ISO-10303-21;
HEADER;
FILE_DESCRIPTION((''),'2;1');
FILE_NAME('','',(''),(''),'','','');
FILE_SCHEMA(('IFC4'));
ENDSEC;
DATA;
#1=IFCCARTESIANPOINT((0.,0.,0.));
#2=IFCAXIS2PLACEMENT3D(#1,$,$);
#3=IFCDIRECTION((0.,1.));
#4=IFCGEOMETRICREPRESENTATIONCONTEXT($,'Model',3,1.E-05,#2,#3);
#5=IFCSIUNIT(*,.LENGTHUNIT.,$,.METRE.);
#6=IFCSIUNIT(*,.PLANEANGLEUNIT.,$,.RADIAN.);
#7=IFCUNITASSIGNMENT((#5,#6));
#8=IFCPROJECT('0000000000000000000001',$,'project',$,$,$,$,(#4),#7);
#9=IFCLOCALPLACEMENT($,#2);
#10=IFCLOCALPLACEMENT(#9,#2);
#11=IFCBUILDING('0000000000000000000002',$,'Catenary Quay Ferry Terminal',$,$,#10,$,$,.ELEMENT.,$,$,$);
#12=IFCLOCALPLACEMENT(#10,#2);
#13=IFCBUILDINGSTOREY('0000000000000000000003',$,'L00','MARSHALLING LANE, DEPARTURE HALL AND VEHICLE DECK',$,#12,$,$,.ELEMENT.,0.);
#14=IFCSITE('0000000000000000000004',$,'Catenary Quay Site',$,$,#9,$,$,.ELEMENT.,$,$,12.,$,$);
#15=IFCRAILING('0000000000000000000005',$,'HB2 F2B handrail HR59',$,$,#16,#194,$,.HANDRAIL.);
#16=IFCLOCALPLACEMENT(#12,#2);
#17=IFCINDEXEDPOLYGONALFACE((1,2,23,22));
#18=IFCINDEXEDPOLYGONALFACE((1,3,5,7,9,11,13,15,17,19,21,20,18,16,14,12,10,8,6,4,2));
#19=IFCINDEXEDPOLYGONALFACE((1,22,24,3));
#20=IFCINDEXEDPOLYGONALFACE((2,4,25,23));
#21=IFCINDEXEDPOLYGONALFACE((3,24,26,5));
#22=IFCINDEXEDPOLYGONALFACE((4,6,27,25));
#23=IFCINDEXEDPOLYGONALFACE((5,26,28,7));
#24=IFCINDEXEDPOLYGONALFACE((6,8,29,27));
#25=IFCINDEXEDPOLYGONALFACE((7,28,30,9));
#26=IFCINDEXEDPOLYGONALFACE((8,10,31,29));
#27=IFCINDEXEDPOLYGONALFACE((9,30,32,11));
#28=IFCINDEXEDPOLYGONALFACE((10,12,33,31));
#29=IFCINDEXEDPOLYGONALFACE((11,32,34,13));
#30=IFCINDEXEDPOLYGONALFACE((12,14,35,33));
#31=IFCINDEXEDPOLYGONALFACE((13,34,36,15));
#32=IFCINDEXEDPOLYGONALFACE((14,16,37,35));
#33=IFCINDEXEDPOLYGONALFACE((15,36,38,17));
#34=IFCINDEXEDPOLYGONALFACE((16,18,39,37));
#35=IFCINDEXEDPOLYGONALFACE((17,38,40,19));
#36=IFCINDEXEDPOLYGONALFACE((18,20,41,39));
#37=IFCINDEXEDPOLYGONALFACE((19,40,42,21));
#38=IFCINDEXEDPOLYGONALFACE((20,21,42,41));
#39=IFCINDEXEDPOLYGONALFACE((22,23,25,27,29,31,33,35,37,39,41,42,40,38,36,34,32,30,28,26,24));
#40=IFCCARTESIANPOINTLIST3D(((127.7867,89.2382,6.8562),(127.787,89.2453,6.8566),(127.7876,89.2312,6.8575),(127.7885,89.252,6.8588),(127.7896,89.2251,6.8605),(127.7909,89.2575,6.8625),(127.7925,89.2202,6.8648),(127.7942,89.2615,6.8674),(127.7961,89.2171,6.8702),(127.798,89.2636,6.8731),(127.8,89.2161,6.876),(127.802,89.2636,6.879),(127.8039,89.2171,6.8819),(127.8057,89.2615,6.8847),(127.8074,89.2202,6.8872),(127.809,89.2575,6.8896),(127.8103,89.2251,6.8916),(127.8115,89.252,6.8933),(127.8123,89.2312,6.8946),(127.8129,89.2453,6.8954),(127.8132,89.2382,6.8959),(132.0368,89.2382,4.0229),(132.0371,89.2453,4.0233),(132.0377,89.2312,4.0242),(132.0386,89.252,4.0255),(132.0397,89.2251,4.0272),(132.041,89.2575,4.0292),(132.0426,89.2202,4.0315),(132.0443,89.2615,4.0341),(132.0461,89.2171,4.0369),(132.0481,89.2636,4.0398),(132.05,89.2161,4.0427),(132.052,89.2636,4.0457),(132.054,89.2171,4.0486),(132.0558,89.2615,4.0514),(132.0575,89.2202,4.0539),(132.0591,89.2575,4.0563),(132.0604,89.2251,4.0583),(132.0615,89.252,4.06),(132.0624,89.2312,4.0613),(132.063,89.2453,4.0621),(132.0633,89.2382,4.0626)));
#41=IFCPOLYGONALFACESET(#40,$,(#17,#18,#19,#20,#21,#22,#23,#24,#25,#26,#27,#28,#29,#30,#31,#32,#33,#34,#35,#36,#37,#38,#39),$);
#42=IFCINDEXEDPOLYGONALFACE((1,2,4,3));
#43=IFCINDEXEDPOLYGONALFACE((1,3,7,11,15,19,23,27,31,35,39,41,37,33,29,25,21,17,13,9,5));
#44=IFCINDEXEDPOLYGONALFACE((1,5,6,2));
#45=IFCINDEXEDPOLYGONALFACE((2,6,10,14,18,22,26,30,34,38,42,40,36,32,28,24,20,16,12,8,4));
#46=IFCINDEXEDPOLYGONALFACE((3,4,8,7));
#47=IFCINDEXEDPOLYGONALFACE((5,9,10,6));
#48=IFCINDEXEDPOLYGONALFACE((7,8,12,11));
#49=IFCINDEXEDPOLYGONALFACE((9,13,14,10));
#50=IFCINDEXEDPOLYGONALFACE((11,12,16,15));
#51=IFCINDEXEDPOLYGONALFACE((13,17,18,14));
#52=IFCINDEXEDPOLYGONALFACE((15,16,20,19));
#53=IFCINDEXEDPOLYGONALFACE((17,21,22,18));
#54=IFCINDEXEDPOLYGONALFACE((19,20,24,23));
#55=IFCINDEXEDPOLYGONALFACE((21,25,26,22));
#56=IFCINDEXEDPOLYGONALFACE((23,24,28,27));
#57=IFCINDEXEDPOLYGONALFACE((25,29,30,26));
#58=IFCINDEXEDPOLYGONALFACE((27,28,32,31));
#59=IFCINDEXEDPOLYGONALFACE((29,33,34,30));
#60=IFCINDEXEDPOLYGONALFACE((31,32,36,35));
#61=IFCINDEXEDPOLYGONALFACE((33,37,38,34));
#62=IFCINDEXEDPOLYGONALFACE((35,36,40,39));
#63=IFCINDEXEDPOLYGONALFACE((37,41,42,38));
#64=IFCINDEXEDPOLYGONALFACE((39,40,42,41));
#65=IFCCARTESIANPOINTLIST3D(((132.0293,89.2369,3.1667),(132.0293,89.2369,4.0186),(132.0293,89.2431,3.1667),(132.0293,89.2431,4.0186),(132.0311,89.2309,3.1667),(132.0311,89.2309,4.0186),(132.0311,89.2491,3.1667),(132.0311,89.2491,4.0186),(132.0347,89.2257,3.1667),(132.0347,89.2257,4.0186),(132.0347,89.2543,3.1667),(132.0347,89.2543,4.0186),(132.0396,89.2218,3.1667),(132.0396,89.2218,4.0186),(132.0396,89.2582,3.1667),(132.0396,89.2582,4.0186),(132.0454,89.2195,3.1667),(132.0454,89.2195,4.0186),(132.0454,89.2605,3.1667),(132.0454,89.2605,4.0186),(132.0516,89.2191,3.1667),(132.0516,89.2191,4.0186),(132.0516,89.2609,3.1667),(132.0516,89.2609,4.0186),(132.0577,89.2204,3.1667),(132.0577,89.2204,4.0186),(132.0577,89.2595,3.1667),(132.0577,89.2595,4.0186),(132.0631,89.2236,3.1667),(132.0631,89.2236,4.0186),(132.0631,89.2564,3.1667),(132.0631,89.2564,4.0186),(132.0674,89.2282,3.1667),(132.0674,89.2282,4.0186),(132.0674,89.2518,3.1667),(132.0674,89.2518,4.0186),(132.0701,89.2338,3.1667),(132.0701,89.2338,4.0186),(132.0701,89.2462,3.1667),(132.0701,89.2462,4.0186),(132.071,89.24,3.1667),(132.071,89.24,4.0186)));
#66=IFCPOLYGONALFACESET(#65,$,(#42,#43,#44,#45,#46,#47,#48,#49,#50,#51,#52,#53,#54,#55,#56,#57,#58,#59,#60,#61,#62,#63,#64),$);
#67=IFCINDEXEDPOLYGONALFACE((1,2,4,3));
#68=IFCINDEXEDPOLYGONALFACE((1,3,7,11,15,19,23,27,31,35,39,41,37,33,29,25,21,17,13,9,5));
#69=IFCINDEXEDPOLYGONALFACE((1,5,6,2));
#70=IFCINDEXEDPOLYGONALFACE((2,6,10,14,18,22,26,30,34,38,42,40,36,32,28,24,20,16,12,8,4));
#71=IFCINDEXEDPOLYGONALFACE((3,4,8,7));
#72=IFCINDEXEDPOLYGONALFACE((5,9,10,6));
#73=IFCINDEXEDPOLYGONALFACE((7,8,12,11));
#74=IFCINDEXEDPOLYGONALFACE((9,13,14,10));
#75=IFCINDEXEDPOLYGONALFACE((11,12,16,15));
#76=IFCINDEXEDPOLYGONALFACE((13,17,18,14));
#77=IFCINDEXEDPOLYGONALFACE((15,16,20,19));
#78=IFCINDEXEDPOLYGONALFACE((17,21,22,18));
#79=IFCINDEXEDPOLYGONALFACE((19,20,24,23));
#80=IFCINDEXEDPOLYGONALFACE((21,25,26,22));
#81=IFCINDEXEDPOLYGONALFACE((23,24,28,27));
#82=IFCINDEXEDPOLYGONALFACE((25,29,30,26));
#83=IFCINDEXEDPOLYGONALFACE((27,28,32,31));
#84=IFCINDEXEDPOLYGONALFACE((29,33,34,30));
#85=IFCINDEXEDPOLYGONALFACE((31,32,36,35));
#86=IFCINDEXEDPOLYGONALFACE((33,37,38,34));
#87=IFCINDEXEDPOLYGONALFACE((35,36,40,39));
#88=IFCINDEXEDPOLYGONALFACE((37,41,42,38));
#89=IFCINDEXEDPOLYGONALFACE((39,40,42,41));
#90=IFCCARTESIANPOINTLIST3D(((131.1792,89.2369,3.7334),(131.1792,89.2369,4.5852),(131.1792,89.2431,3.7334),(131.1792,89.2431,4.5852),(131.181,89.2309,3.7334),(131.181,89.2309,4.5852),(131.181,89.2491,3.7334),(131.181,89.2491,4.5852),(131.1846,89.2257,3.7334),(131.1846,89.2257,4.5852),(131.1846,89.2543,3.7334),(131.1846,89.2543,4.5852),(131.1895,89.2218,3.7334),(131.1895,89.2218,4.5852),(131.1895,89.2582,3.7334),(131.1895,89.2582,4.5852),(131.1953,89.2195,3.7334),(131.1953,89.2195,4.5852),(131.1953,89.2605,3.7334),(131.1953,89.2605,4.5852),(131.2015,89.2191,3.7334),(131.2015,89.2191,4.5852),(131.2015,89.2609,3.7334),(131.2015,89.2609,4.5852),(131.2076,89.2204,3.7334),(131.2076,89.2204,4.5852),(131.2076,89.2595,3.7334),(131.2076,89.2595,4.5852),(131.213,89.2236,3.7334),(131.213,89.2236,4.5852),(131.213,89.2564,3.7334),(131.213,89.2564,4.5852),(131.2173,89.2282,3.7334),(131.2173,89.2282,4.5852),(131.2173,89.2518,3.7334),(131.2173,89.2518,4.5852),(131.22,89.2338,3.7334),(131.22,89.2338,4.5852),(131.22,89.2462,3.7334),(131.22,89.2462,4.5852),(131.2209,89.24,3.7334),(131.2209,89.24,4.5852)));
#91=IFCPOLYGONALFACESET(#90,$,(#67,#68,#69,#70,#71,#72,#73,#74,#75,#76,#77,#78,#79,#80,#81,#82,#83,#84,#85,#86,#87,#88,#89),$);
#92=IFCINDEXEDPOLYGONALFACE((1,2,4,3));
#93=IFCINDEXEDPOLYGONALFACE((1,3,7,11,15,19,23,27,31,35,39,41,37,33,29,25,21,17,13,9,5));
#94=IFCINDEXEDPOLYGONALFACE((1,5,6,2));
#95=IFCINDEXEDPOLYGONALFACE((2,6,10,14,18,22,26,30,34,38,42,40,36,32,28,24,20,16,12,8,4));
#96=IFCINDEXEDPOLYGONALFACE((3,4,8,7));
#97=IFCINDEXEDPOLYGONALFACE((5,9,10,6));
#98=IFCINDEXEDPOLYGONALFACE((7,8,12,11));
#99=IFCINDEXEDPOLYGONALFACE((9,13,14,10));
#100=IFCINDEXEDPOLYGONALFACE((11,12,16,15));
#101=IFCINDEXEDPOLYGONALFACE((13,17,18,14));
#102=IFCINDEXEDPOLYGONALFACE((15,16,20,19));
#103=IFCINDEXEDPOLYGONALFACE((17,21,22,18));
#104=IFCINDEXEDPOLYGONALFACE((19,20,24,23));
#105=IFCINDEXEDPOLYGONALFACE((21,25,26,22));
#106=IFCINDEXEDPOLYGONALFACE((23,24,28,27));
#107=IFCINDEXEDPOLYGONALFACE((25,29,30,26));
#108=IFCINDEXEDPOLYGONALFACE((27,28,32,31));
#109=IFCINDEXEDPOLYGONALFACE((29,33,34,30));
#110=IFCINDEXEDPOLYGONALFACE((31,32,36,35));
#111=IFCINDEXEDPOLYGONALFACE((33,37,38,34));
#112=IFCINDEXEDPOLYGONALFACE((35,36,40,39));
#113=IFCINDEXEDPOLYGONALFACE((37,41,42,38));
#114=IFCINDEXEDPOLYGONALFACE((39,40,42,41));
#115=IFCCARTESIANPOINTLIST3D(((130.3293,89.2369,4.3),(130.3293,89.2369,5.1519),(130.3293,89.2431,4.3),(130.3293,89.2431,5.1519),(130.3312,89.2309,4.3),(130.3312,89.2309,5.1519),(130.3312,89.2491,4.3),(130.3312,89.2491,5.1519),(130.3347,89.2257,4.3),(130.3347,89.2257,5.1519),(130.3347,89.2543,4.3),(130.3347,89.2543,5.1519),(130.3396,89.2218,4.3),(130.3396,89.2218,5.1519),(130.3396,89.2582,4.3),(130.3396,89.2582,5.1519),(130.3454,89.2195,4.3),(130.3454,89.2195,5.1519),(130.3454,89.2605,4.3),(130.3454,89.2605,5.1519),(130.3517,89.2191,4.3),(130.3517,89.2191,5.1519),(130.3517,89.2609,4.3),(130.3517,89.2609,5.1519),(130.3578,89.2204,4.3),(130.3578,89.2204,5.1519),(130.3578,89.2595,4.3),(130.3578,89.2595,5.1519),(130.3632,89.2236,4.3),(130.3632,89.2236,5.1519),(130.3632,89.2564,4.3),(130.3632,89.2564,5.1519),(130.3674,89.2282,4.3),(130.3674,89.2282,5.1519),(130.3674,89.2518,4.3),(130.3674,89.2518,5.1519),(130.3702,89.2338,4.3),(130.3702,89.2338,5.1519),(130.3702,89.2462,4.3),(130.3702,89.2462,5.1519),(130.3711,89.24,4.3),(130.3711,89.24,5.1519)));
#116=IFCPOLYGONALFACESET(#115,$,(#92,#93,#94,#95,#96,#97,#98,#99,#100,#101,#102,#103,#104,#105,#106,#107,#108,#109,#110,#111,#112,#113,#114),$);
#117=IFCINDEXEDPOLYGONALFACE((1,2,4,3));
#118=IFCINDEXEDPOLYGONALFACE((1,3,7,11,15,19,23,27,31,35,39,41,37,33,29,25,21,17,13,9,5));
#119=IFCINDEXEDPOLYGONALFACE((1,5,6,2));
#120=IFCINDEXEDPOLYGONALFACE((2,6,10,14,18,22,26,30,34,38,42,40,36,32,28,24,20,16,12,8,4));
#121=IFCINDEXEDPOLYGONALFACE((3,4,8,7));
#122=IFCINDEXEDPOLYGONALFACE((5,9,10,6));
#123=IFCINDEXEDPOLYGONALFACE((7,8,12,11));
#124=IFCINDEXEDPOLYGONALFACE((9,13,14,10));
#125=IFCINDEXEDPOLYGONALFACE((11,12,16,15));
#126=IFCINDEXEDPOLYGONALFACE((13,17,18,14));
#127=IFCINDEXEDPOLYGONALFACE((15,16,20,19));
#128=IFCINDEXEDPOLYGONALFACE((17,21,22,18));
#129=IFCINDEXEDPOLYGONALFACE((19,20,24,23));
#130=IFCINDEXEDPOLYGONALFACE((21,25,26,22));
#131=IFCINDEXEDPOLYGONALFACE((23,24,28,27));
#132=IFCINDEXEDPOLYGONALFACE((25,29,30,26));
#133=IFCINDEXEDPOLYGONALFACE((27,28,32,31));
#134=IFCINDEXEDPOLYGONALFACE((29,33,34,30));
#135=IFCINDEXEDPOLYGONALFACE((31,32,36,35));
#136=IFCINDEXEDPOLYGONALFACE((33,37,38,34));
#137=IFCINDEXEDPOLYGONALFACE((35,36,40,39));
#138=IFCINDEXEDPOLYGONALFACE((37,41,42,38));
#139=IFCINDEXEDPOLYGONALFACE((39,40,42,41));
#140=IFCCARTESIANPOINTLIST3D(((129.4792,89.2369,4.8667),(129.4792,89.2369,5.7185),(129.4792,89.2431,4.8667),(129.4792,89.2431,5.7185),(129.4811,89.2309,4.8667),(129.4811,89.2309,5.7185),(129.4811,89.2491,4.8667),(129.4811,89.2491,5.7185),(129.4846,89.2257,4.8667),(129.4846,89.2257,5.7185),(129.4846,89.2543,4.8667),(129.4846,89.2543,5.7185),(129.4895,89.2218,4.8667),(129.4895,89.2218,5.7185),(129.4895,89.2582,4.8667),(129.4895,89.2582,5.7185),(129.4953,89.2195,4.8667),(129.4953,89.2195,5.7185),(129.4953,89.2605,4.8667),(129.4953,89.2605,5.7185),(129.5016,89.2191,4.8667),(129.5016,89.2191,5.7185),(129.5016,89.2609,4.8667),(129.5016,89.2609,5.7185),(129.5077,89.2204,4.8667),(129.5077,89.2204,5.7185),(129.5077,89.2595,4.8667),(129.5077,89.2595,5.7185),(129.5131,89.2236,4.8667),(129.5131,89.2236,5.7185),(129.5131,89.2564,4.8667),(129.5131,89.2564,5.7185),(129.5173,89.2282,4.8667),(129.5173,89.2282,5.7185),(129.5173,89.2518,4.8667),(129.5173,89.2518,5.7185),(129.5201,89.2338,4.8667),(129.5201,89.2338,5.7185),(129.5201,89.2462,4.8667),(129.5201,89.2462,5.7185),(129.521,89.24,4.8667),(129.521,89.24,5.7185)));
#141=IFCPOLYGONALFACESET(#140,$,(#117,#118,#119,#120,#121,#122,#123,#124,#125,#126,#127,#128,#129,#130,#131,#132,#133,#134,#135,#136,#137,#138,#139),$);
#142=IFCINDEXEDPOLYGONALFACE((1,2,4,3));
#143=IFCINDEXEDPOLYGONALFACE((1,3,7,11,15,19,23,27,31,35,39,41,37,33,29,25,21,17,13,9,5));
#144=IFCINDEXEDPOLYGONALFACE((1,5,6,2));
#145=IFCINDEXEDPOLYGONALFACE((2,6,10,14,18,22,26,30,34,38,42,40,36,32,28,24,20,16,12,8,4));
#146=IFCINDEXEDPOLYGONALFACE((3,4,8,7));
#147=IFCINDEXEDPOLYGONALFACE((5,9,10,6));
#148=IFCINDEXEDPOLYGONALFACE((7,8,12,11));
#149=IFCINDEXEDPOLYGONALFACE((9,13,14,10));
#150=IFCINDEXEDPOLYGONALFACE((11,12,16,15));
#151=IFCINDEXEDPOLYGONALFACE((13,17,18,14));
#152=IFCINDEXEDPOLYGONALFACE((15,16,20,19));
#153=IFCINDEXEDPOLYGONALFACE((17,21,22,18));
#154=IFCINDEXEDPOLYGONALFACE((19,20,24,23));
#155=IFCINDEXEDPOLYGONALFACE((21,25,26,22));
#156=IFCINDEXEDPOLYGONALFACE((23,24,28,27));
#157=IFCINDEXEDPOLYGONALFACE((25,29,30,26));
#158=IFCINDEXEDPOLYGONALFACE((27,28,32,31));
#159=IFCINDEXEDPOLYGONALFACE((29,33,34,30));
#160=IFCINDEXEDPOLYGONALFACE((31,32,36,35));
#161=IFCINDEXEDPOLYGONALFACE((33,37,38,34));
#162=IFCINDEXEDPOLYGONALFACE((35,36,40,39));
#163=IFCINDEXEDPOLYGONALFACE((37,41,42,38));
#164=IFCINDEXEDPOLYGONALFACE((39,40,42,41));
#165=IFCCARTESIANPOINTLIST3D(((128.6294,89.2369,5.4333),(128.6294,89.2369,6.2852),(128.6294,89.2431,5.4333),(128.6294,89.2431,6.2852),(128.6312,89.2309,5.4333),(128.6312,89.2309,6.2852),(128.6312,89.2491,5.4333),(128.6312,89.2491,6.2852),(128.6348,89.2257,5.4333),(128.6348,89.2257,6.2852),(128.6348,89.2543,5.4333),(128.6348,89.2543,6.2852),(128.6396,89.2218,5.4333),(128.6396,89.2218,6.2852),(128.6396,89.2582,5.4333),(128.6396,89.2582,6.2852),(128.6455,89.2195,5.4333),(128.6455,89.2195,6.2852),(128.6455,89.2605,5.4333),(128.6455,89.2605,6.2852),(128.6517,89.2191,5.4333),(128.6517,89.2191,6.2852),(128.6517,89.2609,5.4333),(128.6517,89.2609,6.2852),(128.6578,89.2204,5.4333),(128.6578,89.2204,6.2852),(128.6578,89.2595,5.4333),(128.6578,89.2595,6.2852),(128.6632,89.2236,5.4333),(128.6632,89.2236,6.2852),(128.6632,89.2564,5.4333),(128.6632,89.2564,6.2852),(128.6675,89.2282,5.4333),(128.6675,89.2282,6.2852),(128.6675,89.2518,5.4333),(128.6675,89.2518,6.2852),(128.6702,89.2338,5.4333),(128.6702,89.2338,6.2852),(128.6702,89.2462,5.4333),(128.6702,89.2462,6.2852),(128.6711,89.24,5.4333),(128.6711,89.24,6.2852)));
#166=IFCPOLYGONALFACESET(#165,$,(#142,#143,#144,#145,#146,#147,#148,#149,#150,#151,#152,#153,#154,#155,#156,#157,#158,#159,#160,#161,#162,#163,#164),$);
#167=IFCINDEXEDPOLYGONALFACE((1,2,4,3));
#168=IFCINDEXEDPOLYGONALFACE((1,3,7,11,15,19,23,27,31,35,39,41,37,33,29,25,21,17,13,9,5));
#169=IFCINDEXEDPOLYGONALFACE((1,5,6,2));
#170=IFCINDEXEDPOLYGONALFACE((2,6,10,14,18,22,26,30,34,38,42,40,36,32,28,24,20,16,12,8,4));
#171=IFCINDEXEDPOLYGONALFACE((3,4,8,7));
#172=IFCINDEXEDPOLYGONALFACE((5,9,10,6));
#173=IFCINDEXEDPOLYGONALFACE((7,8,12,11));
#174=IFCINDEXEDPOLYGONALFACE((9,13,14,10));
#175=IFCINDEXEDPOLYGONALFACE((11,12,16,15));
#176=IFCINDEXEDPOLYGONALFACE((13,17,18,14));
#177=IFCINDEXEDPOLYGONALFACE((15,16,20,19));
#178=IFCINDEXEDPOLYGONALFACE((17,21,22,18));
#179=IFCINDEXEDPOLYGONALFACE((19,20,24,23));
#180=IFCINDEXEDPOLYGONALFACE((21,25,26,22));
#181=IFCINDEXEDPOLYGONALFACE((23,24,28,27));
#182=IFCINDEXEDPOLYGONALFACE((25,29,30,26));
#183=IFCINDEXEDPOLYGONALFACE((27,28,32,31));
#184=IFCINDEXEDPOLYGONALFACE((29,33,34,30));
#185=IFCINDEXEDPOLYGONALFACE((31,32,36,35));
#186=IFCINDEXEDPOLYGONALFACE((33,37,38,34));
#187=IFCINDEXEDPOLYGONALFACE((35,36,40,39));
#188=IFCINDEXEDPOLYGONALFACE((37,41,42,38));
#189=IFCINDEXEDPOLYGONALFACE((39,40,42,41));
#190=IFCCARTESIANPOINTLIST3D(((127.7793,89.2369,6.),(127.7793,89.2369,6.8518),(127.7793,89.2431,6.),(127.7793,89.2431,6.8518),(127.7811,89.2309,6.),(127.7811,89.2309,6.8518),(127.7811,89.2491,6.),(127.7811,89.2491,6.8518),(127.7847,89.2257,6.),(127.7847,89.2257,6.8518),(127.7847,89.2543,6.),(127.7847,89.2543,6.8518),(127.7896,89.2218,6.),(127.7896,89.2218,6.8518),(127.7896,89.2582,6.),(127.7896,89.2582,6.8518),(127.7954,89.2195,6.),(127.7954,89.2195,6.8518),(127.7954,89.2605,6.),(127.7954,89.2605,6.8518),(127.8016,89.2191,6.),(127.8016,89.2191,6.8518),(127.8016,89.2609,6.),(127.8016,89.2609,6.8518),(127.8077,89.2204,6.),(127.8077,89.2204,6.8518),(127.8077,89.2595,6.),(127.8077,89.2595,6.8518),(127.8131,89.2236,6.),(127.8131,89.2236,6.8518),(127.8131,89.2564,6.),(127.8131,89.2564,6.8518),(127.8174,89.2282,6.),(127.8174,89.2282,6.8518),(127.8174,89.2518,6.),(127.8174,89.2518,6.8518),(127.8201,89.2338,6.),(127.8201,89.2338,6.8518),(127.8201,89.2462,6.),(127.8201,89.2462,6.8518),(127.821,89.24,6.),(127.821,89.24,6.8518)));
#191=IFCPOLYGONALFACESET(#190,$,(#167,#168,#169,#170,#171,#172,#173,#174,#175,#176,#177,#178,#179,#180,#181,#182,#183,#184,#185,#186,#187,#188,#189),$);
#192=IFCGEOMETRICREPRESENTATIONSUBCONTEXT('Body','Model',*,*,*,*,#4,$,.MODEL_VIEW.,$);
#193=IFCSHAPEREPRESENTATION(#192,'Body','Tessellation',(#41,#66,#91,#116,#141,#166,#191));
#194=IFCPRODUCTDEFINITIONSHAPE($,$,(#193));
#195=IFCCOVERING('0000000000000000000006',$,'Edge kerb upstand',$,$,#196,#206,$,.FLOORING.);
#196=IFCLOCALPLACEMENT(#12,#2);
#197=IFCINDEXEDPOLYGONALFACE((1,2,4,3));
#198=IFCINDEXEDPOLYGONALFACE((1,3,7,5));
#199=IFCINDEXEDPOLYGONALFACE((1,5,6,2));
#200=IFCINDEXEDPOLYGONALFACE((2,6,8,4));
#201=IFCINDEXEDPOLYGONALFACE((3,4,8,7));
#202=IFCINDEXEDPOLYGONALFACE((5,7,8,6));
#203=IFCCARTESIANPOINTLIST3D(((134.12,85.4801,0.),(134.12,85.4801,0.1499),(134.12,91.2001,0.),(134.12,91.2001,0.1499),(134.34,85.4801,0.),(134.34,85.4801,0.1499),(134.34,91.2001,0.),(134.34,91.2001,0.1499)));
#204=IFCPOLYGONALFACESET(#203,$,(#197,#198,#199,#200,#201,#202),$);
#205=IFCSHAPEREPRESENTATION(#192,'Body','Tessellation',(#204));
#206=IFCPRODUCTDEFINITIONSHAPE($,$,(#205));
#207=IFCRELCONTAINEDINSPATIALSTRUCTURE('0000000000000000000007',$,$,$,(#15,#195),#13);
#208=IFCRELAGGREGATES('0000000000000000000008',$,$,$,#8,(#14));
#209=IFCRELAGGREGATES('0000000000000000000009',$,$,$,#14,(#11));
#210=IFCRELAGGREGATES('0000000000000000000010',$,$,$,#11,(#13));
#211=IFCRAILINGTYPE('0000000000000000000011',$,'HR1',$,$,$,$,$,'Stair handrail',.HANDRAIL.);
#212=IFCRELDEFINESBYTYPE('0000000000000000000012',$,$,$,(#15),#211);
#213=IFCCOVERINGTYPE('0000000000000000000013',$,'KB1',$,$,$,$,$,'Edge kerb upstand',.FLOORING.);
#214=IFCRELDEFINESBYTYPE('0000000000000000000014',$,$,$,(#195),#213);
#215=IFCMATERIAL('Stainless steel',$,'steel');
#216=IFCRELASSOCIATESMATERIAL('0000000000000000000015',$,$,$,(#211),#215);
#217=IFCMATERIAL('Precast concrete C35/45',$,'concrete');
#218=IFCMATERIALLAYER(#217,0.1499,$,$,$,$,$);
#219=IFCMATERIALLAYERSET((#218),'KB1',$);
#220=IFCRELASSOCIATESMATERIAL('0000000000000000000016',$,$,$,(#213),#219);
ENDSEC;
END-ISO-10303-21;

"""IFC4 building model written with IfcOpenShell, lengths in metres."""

from ifc_helpers import new_model, si_unit, direction, frame, origin, origin_2d, place, context, subcontext, project, spatial, rectangle, circle, extrude, material, layer, layer_set, type_object, element, save


model = new_model("IFC4")

# Units and contexts
model_context = context("Model", 3, precision=1e-05, world=origin(), true_north=direction((0.0, 1.0)))
body_context = subcontext(model_context, "Body", "Model", "MODEL_VIEW")
ifc_project = project(units=[si_unit("LENGTHUNIT", "METRE"), si_unit("PLANEANGLEUNIT", "RADIAN")], contexts=[model_context])

# Site, building, storey
site_placement = place(None, origin())
site = spatial("IfcSite", under=ifc_project, at=site_placement, Name="Catenary Quay Site", CompositionType="ELEMENT", RefElevation=12.0)
building_placement = place(site_placement, origin())
building = spatial("IfcBuilding", under=site, at=building_placement, Name="Catenary Quay Ferry Terminal", CompositionType="ELEMENT")
storey_placement = place(building_placement, origin())
storey = spatial("IfcBuildingStorey", under=building, at=storey_placement, Name="L00", Description="MARSHALLING LANE, DEPARTURE HALL AND VEHICLE DECK", CompositionType="ELEMENT", Elevation=0.0)

# Railing
ifc_material_1 = material(Name="Stainless steel", Category="steel")
railing_type = type_object("IfcRailingType", Name="HR1", ElementType="Stair handrail", PredefinedType="HANDRAIL", material=ifc_material_1)
for number, where, name in (
    (1, (132.05, 89.24, 3.1667), "HB2 F2B handrail HR59"),
):
    element("IfcRailing", number, at=place(storey_placement, frame(where)), inside=storey, type_object=railing_type, Name=name, PredefinedType="HANDRAIL", context=body_context, shape_type="SweptSolid", body=[
        extrude(circle(Radius=0.0239, at=origin_2d()), frame((0.0, 0.0, 0.876), z_axis=(-0.832058, 0.0, 0.554689), x_axis=(0.0, -1.0, 0.0)), (0.0, 0.0, 1.0), 5.1079),
        extrude(circle(Radius=0.021, at=origin_2d()), origin(), (0.0, 0.0, 1.0), 0.8518),
        extrude(circle(Radius=0.021, at=origin_2d()), frame((-0.8501, 0.0, 0.5667)), (0.0, 0.0, 1.0), 0.8518),
        extrude(circle(Radius=0.021, at=origin_2d()), frame((-1.7, 0.0, 1.1333)), (0.0, 0.0, 1.0), 0.8518),
        extrude(circle(Radius=0.021, at=origin_2d()), frame((-2.55, 0.0, 1.7)), (0.0, 0.0, 1.0), 0.8518),
        extrude(circle(Radius=0.021, at=origin_2d()), frame((-3.3999, 0.0, 2.2666)), (0.0, 0.0, 1.0), 0.8518),
        extrude(circle(Radius=0.021, at=origin_2d()), frame((-4.25, 0.0, 2.8333)), (0.0, 0.0, 1.0), 0.8518),
    ])

# Covering
ifc_material_2 = material(Name="Precast concrete C35/45", Category="concrete")
ifc_layer_1 = layer(ifc_material_2, 0.1499)
ifc_layer_set_1 = layer_set([ifc_layer_1], Name="KB1")
covering_type_1 = type_object("IfcCoveringType", Name="KB1", ElementType="Edge kerb upstand", PredefinedType="FLOORING", material=ifc_layer_set_1)
covering_1_placement = place(storey_placement, frame((134.23, 88.3401, 0.0), z_axis=(0.0, 0.0, 1.0), x_axis=(1.0, 0.0, 0.0)))
element("IfcCovering", 2, at=covering_1_placement, inside=storey, type_object=covering_type_1, Name="Edge kerb upstand", PredefinedType="FLOORING", context=body_context, shape_type="SweptSolid", body=[
    extrude(rectangle(XDim=0.22, YDim=5.72, at=origin_2d()), origin(), (0.0, 0.0, 1.0), 0.1499),
])

save(model, "model.ifc")
